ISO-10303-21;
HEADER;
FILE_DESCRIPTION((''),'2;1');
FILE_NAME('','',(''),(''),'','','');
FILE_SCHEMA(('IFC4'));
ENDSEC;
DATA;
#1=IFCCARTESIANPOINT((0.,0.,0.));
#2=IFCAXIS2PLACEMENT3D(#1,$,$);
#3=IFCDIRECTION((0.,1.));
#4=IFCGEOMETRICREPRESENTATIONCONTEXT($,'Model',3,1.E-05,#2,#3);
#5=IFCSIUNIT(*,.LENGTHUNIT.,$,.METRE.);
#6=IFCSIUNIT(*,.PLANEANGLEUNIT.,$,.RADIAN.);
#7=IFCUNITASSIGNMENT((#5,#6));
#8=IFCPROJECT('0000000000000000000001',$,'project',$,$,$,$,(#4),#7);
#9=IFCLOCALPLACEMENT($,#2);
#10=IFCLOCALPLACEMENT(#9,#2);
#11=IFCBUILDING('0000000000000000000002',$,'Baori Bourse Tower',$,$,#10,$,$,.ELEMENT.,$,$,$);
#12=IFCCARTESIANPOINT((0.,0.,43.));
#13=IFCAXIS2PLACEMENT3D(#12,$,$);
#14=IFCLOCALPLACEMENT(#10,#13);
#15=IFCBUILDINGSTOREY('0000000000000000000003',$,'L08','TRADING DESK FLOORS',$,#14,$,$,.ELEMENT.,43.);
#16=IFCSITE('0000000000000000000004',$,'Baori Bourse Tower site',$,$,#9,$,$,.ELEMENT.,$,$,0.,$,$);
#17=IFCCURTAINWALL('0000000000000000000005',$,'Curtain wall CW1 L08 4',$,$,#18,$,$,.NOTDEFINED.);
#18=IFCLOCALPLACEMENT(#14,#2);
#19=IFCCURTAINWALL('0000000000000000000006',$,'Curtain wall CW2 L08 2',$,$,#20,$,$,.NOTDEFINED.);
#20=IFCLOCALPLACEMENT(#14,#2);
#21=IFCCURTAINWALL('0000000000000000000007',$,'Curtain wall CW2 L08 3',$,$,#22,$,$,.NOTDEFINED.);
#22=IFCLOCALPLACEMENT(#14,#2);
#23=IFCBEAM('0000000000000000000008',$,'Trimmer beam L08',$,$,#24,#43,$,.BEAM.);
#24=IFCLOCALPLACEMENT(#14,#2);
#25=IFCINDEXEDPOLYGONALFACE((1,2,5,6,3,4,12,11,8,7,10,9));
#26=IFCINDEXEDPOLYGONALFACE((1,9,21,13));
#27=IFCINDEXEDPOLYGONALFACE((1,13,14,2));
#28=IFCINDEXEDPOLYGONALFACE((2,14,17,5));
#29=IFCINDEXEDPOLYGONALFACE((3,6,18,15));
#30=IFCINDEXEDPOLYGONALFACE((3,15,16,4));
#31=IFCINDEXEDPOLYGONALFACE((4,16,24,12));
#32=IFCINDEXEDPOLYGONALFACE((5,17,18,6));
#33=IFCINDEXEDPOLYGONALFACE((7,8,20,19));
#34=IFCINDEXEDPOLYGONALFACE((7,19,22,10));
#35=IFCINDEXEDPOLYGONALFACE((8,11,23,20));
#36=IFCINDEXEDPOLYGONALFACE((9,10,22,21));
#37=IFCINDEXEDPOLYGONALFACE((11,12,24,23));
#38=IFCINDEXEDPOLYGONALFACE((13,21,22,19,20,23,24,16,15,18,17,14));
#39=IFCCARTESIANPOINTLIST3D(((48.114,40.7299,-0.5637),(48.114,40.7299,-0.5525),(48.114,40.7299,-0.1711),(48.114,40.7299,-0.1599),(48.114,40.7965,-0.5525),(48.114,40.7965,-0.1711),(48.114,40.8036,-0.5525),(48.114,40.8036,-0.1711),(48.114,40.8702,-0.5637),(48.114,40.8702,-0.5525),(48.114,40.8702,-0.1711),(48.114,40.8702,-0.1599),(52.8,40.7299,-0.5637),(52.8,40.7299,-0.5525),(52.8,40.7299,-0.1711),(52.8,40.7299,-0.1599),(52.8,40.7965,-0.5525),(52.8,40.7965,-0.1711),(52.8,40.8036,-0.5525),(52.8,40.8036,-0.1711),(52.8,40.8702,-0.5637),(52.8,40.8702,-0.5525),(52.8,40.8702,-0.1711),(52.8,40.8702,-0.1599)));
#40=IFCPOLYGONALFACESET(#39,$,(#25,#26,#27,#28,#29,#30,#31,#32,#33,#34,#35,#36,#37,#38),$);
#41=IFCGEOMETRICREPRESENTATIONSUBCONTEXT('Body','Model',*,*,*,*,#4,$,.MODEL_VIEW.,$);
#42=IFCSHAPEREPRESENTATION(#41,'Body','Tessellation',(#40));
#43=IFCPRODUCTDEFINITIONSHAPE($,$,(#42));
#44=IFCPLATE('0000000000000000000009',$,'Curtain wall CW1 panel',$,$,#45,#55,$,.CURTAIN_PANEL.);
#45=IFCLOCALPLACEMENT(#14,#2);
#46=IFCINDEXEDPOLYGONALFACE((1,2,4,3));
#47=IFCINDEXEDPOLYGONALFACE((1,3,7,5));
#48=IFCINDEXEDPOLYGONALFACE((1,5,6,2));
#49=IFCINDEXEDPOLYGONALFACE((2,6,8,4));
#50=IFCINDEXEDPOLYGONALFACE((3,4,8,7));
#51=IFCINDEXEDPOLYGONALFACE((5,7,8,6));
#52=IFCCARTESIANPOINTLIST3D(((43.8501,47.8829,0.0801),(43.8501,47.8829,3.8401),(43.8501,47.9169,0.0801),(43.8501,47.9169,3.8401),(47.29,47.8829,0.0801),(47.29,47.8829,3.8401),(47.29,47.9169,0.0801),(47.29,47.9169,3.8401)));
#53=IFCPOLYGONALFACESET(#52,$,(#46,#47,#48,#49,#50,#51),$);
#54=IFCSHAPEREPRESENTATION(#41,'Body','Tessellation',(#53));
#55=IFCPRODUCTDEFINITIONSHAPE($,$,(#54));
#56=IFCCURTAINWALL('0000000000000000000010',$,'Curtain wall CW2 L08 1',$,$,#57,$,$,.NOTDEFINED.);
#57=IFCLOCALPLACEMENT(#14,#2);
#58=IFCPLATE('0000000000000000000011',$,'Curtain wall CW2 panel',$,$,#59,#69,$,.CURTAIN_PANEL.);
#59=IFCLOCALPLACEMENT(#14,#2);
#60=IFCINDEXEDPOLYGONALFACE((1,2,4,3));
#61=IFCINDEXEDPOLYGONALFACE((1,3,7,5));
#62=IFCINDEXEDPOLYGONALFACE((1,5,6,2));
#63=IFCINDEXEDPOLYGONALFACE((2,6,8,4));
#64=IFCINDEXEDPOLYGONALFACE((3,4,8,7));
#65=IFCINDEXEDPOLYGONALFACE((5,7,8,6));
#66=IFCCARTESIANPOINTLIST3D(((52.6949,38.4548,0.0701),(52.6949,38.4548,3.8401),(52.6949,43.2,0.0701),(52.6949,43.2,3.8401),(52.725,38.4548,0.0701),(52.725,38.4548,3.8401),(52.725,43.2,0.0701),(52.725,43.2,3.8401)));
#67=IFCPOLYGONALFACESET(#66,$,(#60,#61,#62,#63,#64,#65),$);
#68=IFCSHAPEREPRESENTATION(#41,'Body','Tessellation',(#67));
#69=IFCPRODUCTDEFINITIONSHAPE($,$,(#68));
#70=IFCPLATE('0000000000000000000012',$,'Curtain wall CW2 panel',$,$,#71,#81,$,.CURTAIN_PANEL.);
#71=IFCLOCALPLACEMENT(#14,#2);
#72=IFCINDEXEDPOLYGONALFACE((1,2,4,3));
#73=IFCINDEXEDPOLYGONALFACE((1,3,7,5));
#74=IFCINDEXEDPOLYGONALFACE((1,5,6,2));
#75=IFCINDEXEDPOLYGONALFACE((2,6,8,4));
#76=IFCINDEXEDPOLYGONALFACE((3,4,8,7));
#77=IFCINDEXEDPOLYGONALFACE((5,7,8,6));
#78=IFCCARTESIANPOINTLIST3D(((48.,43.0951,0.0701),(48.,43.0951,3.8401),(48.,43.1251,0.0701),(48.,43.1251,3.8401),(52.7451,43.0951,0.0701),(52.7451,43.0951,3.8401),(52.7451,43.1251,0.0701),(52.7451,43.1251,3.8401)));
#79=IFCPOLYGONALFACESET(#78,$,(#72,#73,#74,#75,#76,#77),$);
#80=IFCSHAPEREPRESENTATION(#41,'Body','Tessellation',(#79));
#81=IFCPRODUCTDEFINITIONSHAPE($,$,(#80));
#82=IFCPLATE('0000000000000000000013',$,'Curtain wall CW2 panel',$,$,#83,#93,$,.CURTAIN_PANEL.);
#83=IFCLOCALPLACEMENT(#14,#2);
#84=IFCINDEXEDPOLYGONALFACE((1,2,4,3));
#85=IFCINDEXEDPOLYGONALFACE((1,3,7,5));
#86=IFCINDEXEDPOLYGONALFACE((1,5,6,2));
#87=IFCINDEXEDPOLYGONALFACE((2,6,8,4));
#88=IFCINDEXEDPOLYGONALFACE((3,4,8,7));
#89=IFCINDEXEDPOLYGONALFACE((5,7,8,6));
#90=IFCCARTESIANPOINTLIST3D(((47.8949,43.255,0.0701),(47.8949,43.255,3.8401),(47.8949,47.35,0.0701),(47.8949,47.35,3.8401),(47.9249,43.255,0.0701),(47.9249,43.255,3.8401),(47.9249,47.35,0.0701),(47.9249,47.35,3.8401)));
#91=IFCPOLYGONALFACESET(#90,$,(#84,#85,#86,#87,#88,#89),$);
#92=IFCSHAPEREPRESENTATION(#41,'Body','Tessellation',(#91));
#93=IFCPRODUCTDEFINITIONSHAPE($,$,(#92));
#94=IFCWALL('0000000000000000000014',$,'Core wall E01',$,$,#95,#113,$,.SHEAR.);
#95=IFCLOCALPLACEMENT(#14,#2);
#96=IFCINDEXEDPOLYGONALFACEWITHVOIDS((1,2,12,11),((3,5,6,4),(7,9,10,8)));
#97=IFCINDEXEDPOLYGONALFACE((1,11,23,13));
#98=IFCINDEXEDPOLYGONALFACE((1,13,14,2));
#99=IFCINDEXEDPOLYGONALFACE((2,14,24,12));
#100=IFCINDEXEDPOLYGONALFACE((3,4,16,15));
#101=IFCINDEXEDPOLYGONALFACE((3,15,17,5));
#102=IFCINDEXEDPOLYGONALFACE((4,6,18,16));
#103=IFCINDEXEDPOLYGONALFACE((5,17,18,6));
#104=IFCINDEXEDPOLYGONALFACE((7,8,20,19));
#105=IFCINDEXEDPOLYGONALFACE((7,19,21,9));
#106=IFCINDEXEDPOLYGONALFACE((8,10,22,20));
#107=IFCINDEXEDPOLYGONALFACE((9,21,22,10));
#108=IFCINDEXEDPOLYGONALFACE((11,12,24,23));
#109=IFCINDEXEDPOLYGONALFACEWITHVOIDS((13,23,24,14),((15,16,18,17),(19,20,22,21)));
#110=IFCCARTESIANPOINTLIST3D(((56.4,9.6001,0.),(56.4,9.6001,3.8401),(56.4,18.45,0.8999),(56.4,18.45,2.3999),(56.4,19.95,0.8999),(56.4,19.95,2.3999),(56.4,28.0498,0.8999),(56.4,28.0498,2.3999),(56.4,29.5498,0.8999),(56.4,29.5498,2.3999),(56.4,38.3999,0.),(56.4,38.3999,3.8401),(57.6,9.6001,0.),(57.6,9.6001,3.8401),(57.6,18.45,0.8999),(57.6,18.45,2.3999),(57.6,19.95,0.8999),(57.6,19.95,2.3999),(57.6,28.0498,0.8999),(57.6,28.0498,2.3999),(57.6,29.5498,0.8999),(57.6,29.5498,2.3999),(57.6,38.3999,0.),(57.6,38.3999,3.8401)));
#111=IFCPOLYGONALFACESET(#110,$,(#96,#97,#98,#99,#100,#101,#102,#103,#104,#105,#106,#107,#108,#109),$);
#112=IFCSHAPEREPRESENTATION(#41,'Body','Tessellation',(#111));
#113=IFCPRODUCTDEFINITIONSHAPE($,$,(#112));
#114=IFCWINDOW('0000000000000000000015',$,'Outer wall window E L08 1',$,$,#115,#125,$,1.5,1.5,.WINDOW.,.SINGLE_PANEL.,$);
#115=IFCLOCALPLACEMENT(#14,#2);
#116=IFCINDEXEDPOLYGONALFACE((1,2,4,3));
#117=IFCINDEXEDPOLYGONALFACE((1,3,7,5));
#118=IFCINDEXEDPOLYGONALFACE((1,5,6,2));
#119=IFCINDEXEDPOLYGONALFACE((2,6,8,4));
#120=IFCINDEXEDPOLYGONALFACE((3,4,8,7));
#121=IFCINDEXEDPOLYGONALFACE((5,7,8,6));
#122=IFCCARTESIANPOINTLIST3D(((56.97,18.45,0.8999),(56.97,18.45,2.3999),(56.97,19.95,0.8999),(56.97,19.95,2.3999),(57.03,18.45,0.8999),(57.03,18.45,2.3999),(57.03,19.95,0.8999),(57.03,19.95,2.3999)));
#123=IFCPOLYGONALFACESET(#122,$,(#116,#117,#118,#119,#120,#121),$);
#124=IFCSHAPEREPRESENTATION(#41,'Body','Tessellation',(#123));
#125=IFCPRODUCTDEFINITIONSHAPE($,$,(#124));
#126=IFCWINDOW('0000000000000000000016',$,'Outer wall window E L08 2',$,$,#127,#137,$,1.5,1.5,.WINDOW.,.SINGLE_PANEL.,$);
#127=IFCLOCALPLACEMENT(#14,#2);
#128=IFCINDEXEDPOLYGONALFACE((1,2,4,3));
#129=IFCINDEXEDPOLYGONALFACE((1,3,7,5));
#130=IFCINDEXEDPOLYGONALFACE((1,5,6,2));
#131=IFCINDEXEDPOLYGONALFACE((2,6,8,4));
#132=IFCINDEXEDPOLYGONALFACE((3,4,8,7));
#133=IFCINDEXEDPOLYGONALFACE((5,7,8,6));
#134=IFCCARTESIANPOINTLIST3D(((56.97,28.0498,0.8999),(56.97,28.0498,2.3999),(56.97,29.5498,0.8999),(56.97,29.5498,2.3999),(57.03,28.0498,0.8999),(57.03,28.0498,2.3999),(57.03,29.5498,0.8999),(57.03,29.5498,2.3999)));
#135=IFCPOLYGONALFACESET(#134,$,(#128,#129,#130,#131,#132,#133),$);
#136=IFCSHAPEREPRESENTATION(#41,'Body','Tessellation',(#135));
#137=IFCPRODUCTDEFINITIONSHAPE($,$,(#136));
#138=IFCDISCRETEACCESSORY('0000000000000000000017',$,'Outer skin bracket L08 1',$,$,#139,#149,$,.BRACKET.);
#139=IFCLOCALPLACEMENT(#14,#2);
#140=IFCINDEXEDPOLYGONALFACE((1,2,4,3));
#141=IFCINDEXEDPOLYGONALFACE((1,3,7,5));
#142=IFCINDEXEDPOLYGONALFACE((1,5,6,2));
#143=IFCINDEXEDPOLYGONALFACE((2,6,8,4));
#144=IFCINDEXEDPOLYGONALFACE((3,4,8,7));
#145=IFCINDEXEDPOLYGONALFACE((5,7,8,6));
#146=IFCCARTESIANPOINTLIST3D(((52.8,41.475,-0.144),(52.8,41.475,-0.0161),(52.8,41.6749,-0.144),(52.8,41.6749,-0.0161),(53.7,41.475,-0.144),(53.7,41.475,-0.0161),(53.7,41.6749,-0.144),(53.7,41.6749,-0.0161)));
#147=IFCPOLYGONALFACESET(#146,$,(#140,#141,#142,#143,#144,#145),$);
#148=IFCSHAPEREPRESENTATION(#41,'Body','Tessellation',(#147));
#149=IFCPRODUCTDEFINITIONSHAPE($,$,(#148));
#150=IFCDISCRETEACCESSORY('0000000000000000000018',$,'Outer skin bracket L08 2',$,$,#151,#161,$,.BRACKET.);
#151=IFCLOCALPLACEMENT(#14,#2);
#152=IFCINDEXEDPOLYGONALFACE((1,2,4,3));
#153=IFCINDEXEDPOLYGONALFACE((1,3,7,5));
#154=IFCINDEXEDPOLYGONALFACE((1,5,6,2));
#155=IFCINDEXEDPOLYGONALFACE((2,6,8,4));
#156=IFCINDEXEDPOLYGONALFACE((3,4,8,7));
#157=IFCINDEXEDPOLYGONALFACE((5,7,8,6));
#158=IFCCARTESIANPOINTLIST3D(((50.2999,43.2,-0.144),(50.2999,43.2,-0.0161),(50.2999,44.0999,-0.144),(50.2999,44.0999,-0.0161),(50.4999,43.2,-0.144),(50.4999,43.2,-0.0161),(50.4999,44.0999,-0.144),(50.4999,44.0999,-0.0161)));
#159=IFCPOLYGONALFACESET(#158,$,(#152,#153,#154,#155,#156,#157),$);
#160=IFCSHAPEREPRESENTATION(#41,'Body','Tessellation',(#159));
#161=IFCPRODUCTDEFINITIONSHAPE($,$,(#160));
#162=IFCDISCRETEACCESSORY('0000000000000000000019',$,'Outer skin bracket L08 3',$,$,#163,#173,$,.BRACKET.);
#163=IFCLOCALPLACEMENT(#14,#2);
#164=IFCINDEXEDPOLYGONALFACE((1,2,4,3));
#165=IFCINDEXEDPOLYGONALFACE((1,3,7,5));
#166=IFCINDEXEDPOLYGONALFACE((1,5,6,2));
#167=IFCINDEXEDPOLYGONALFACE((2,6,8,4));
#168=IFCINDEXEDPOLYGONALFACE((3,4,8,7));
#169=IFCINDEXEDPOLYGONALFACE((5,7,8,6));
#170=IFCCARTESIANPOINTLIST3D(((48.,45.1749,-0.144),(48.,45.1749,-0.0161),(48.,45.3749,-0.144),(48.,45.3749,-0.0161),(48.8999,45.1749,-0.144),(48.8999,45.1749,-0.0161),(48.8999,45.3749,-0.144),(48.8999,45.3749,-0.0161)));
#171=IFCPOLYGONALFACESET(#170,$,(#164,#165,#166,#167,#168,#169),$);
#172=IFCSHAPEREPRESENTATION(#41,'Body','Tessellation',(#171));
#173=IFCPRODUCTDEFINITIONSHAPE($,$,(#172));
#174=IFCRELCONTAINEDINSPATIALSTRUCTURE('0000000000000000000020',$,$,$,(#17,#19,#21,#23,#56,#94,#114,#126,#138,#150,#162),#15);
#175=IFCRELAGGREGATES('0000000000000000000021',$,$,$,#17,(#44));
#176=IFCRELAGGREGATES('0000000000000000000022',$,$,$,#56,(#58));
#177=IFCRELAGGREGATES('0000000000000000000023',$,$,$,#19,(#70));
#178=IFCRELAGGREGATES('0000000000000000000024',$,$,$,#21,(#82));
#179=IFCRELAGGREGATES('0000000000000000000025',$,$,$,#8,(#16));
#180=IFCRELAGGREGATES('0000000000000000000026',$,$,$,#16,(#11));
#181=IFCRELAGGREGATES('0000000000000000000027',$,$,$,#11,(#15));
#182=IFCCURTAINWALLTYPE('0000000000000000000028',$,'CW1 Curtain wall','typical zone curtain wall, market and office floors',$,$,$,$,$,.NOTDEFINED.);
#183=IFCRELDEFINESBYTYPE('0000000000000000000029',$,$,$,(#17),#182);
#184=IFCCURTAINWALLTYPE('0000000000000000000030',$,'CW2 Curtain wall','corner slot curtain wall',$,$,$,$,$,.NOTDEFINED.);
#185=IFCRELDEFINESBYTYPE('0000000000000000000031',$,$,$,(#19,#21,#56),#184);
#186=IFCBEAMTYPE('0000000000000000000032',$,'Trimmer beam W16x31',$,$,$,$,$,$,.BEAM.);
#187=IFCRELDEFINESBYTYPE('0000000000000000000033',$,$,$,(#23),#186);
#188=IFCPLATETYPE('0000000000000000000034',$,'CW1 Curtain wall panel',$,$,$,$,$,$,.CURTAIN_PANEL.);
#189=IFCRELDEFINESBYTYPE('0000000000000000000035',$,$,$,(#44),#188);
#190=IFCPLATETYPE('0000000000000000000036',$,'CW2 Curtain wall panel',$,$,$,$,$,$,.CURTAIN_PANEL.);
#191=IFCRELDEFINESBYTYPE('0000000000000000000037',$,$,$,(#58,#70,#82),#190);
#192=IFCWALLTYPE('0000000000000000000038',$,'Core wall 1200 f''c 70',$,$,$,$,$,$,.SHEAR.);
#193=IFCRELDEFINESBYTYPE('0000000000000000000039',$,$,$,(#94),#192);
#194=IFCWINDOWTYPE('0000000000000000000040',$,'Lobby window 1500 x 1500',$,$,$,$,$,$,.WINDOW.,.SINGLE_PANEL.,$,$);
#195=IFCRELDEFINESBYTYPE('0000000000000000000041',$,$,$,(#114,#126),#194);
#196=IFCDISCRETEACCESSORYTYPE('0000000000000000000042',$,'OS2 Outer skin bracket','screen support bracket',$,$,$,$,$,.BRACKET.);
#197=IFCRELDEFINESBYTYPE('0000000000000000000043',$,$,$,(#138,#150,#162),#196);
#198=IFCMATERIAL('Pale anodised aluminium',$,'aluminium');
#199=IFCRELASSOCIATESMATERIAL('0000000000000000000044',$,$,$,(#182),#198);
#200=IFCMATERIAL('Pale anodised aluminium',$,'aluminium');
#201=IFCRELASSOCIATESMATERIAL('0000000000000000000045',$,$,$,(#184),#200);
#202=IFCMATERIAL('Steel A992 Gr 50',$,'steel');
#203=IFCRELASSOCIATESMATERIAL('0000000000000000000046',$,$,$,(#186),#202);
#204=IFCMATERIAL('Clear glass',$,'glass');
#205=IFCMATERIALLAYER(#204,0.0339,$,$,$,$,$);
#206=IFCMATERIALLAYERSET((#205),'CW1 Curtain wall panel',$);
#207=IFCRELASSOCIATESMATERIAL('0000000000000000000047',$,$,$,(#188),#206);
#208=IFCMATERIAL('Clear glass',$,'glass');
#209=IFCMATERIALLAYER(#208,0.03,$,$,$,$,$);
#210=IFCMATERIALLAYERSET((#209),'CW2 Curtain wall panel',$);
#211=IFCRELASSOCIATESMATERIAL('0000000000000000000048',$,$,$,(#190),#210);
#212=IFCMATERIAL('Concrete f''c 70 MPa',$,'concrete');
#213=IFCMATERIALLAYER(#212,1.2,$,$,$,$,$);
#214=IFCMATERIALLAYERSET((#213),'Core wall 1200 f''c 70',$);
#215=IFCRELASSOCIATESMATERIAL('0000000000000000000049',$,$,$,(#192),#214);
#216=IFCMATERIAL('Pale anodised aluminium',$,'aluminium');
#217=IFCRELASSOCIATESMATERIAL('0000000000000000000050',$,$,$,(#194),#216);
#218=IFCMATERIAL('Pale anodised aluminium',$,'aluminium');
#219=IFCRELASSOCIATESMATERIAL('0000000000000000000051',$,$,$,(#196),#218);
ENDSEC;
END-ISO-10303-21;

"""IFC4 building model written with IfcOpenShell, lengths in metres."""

from ifc_helpers import new_model, si_unit, direction, frame, frame_2d, origin, origin_2d, place, context, subcontext, project, spatial, rectangle, i_section, extrude, material, layer, layer_set, material_profile, profile_set, type_object, element, fill, aggregate, save


model = new_model("IFC4")

# Units and contexts
model_context = context("Model", 3, precision=1e-05, world=origin(), true_north=direction((0.0, 1.0)))
body_context = subcontext(model_context, "Body", "Model", "MODEL_VIEW")
ifc_project = project(units=[si_unit("LENGTHUNIT", "METRE"), si_unit("PLANEANGLEUNIT", "RADIAN")], contexts=[model_context])

# Site, building, storey
site_placement = place(None, origin())
site = spatial("IfcSite", under=ifc_project, at=site_placement, Name="Baori Bourse Tower site", CompositionType="ELEMENT", RefElevation=0.0)
building_placement = place(site_placement, origin())
building = spatial("IfcBuilding", under=site, at=building_placement, Name="Baori Bourse Tower", CompositionType="ELEMENT")
storey_placement = place(building_placement, frame((0.0, 0.0, 43.0)))
storey = spatial("IfcBuildingStorey", under=building, at=storey_placement, Name="L08", Description="TRADING DESK FLOORS", CompositionType="ELEMENT", Elevation=43.0)

# Curtain wall
ifc_material_1 = material(Name="Pale anodised aluminium", Category="aluminium")
curtain_wall_type_1 = type_object("IfcCurtainWallType", Name="CW1 Curtain wall", Description="typical zone curtain wall, market and office floors", PredefinedType="NOTDEFINED", material=ifc_material_1)
curtain_wall_1_placement = place(storey_placement, origin())
curtain_wall_1 = element("IfcCurtainWall", 1, at=curtain_wall_1_placement, inside=storey, type_object=curtain_wall_type_1, Name="Curtain wall CW1 L08 4", PredefinedType="NOTDEFINED")

# Curtain walls
ifc_material_2 = material(Name="Pale anodised aluminium", Category="aluminium")
curtain_wall_type_2 = type_object("IfcCurtainWallType", Name="CW2 Curtain wall", Description="corner slot curtain wall", PredefinedType="NOTDEFINED", material=ifc_material_2)
curtain_wall_2_placement = place(storey_placement, origin())
curtain_wall_2 = element("IfcCurtainWall", 2, at=curtain_wall_2_placement, inside=storey, type_object=curtain_wall_type_2, Name="Curtain wall CW2 L08 2", PredefinedType="NOTDEFINED")
curtain_wall_3_placement = place(storey_placement, origin())
curtain_wall_3 = element("IfcCurtainWall", 3, at=curtain_wall_3_placement, inside=storey, type_object=curtain_wall_type_2, Name="Curtain wall CW2 L08 3", PredefinedType="NOTDEFINED")

# Beam
ifc_material_3 = material(Name="Steel A992 Gr 50", Category="steel")
ifc_material_profile_1 = material_profile(ifc_material_3, i_section(OverallWidth=0.1404, OverallDepth=0.4038, WebThickness=0.0071, FlangeThickness=0.0112, at=origin_2d()), Name="W16x31")
ifc_profile_set_1 = profile_set([ifc_material_profile_1], Name="Steel A992 Gr 50")
beam_type_1 = type_object("IfcBeamType", Name="Trimmer beam W16x31", PredefinedType="BEAM", material=ifc_profile_set_1)
beam_1_placement = place(storey_placement, frame((48.114, 40.8, -0.3618), z_axis=(1.0, 0.0, 0.0), x_axis=(0.0, 1.0, 0.0)))
element("IfcBeam", 4, at=beam_1_placement, inside=storey, type_object=beam_type_1, Name="Trimmer beam L08", PredefinedType="BEAM", context=body_context, shape_type="SweptSolid", body=[
    extrude(i_section(OverallWidth=0.1404, OverallDepth=0.4038, WebThickness=0.0071, FlangeThickness=0.0112, at=origin_2d()), origin(), (0.0, 0.0, 1.0), 4.686),
])

# Plate
ifc_material_4 = material(Name="Clear glass", Category="glass")
ifc_layer_1 = layer(ifc_material_4, 0.0339)
ifc_layer_set_1 = layer_set([ifc_layer_1], Name="CW1 Curtain wall panel")
plate_type_1 = type_object("IfcPlateType", Name="CW1 Curtain wall panel", PredefinedType="CURTAIN_PANEL", material=ifc_layer_set_1)
plate_1_placement = place(storey_placement, frame((45.5701, 47.8999, 0.0801), z_axis=(0.0, 0.0, 1.0), x_axis=(-1.0, 0.0, 0.0)))
plate_1 = element("IfcPlate", 5, at=plate_1_placement, type_object=plate_type_1, Name="Curtain wall CW1 panel", PredefinedType="CURTAIN_PANEL", context=body_context, shape_type="SweptSolid", body=[
    extrude(rectangle(XDim=3.4399, YDim=0.0339, at=origin_2d()), origin(), (0.0, 0.0, 1.0), 3.76),
])
aggregate(curtain_wall_1, [plate_1])

# Curtain wall, plate
curtain_wall_4_placement = place(storey_placement, origin())
curtain_wall_4 = element("IfcCurtainWall", 6, at=curtain_wall_4_placement, inside=storey, type_object=curtain_wall_type_2, Name="Curtain wall CW2 L08 1", PredefinedType="NOTDEFINED")
ifc_material_5 = material(Name="Clear glass", Category="glass")
ifc_layer_2 = layer(ifc_material_5, 0.03)
ifc_layer_set_2 = layer_set([ifc_layer_2], Name="CW2 Curtain wall panel")
plate_type_2 = type_object("IfcPlateType", Name="CW2 Curtain wall panel", PredefinedType="CURTAIN_PANEL", material=ifc_layer_set_2)
plate_2_placement = place(storey_placement, frame((52.71, 40.8274, 0.0701), z_axis=(0.0, 0.0, 1.0), x_axis=(0.0, 1.0, 0.0)))
plate_2 = element("IfcPlate", 7, at=plate_2_placement, type_object=plate_type_2, Name="Curtain wall CW2 panel", PredefinedType="CURTAIN_PANEL", context=body_context, shape_type="SweptSolid", body=[
    extrude(rectangle(XDim=4.7451, YDim=0.03, at=origin_2d()), origin(), (0.0, 0.0, 1.0), 3.77),
])
aggregate(curtain_wall_4, [plate_2])

# Plates
plate_3_placement = place(storey_placement, frame((50.3726, 43.1101, 0.0701), z_axis=(0.0, 0.0, 1.0), x_axis=(-1.0, 0.0, 0.0)))
plate_3 = element("IfcPlate", 8, at=plate_3_placement, type_object=plate_type_2, Name="Curtain wall CW2 panel", PredefinedType="CURTAIN_PANEL", context=body_context, shape_type="SweptSolid", body=[
    extrude(rectangle(XDim=4.7451, YDim=0.03, at=origin_2d()), origin(), (0.0, 0.0, 1.0), 3.77),
])
aggregate(curtain_wall_2, [plate_3])
plate_4_placement = place(storey_placement, frame((47.9099, 45.3025, 0.0701), z_axis=(0.0, 0.0, 1.0), x_axis=(0.0, 1.0, 0.0)))
plate_4 = element("IfcPlate", 9, at=plate_4_placement, type_object=plate_type_2, Name="Curtain wall CW2 panel", PredefinedType="CURTAIN_PANEL", context=body_context, shape_type="SweptSolid", body=[
    extrude(rectangle(XDim=4.095, YDim=0.03, at=origin_2d()), origin(), (0.0, 0.0, 1.0), 3.77),
])
aggregate(curtain_wall_3, [plate_4])

# Wall, openings, windows
ifc_material_6 = material(Name="Concrete f'c 70 MPa", Category="concrete")
ifc_layer_3 = layer(ifc_material_6, 1.2)
ifc_layer_set_3 = layer_set([ifc_layer_3], Name="Core wall 1200 f'c 70")
wall_type = type_object("IfcWallType", Name="Core wall 1200 f'c 70", PredefinedType="SHEAR", material=ifc_layer_set_3)
wall_placement = place(storey_placement, frame((57.0, 38.3999, 0.0), z_axis=(0.0, 0.0, 1.0), x_axis=(0.0, -1.0, 0.0)))
wall = element("IfcWall", 10, at=wall_placement, inside=storey, type_object=wall_type, Name="Core wall E01", PredefinedType="SHEAR", context=body_context, shape_type="SweptSolid", body=[
    extrude(rectangle(XDim=28.7998, YDim=1.2, at=frame_2d((14.3999, 0.0))), origin(), (0.0, 0.0, 1.0), 3.8401),
])
opening_1_placement = place(wall_placement, frame((18.45, 0.0, 0.8999)))
opening_1 = element("IfcOpeningElement", 11, at=opening_1_placement, cuts=wall, PredefinedType="OPENING", context=body_context, shape_type="SweptSolid", body=[
    extrude(rectangle(XDim=1.5, YDim=1.5, at=frame_2d((0.75, 0.75))), frame((0.0, 0.6099, 0.0), z_axis=(0.0, -1.0, 0.0), x_axis=(1.0, 0.0, 0.0)), (0.0, 0.0, 1.0), 1.22),
])
opening_2_placement = place(wall_placement, frame((8.8501, 0.0, 0.8999)))
opening_2 = element("IfcOpeningElement", 12, at=opening_2_placement, cuts=wall, PredefinedType="OPENING", context=body_context, shape_type="SweptSolid", body=[
    extrude(rectangle(XDim=1.5, YDim=1.5, at=frame_2d((0.75, 0.75))), frame((0.0, 0.6099, 0.0), z_axis=(0.0, -1.0, 0.0), x_axis=(1.0, 0.0, 0.0)), (0.0, 0.0, 1.0), 1.22),
])
ifc_material_7 = material(Name="Pale anodised aluminium", Category="aluminium")
window_type = type_object("IfcWindowType", Name="Lobby window 1500 x 1500", PartitioningType="SINGLE_PANEL", PredefinedType="WINDOW", material=ifc_material_7)
window_1_placement = place(opening_1_placement, origin())
window_1 = element("IfcWindow", 13, at=window_1_placement, inside=storey, type_object=window_type, Name="Outer wall window E L08 1", OverallHeight=1.5, OverallWidth=1.5, PartitioningType="SINGLE_PANEL", PredefinedType="WINDOW", context=body_context, shape_type="SweptSolid", body=[
    extrude(rectangle(XDim=1.5, YDim=1.5, at=frame_2d((0.75, 0.75))), frame((0.0, 0.03, 0.0), z_axis=(0.0, -1.0, 0.0), x_axis=(1.0, 0.0, 0.0)), (0.0, 0.0, 1.0), 0.0601),
])
fill(opening_1, window_1)
window_2_placement = place(opening_2_placement, origin())
window_2 = element("IfcWindow", 14, at=window_2_placement, inside=storey, type_object=window_type, Name="Outer wall window E L08 2", OverallHeight=1.5, OverallWidth=1.5, PartitioningType="SINGLE_PANEL", PredefinedType="WINDOW", context=body_context, shape_type="SweptSolid", body=[
    extrude(rectangle(XDim=1.5, YDim=1.5, at=frame_2d((0.75, 0.75))), frame((0.0, 0.03, 0.0), z_axis=(0.0, -1.0, 0.0), x_axis=(1.0, 0.0, 0.0)), (0.0, 0.0, 1.0), 0.0601),
])
fill(opening_2, window_2)

# Discrete accessories
ifc_material_8 = material(Name="Pale anodised aluminium", Category="aluminium")
discrete_accessory_type = type_object("IfcDiscreteAccessoryType", Name="OS2 Outer skin bracket", Description="screen support bracket", PredefinedType="BRACKET", material=ifc_material_8)
for number, where, z_axis, x_axis, name in (
    (15, (53.25, 41.575, -0.144), (0.0, 0.0, 1.0), (0.0, 1.0, 0.0), "Outer skin bracket L08 1"),
    (16, (50.3999, 43.6499, -0.144), (0.0, 0.0, 1.0), (-1.0, 0.0, 0.0), "Outer skin bracket L08 2"),
    (17, (48.45, 45.2749, -0.144), (0.0, 0.0, 1.0), (0.0, 1.0, 0.0), "Outer skin bracket L08 3"),
):
    element("IfcDiscreteAccessory", number, at=place(storey_placement, frame(where, z_axis=z_axis, x_axis=x_axis)), inside=storey, type_object=discrete_accessory_type, Name=name, PredefinedType="BRACKET", context=body_context, shape_type="SweptSolid", body=[
        extrude(rectangle(XDim=0.2, YDim=0.8999, at=origin_2d()), origin(), (0.0, 0.0, 1.0), 0.1279),
    ])

save(model, "model.ifc")
